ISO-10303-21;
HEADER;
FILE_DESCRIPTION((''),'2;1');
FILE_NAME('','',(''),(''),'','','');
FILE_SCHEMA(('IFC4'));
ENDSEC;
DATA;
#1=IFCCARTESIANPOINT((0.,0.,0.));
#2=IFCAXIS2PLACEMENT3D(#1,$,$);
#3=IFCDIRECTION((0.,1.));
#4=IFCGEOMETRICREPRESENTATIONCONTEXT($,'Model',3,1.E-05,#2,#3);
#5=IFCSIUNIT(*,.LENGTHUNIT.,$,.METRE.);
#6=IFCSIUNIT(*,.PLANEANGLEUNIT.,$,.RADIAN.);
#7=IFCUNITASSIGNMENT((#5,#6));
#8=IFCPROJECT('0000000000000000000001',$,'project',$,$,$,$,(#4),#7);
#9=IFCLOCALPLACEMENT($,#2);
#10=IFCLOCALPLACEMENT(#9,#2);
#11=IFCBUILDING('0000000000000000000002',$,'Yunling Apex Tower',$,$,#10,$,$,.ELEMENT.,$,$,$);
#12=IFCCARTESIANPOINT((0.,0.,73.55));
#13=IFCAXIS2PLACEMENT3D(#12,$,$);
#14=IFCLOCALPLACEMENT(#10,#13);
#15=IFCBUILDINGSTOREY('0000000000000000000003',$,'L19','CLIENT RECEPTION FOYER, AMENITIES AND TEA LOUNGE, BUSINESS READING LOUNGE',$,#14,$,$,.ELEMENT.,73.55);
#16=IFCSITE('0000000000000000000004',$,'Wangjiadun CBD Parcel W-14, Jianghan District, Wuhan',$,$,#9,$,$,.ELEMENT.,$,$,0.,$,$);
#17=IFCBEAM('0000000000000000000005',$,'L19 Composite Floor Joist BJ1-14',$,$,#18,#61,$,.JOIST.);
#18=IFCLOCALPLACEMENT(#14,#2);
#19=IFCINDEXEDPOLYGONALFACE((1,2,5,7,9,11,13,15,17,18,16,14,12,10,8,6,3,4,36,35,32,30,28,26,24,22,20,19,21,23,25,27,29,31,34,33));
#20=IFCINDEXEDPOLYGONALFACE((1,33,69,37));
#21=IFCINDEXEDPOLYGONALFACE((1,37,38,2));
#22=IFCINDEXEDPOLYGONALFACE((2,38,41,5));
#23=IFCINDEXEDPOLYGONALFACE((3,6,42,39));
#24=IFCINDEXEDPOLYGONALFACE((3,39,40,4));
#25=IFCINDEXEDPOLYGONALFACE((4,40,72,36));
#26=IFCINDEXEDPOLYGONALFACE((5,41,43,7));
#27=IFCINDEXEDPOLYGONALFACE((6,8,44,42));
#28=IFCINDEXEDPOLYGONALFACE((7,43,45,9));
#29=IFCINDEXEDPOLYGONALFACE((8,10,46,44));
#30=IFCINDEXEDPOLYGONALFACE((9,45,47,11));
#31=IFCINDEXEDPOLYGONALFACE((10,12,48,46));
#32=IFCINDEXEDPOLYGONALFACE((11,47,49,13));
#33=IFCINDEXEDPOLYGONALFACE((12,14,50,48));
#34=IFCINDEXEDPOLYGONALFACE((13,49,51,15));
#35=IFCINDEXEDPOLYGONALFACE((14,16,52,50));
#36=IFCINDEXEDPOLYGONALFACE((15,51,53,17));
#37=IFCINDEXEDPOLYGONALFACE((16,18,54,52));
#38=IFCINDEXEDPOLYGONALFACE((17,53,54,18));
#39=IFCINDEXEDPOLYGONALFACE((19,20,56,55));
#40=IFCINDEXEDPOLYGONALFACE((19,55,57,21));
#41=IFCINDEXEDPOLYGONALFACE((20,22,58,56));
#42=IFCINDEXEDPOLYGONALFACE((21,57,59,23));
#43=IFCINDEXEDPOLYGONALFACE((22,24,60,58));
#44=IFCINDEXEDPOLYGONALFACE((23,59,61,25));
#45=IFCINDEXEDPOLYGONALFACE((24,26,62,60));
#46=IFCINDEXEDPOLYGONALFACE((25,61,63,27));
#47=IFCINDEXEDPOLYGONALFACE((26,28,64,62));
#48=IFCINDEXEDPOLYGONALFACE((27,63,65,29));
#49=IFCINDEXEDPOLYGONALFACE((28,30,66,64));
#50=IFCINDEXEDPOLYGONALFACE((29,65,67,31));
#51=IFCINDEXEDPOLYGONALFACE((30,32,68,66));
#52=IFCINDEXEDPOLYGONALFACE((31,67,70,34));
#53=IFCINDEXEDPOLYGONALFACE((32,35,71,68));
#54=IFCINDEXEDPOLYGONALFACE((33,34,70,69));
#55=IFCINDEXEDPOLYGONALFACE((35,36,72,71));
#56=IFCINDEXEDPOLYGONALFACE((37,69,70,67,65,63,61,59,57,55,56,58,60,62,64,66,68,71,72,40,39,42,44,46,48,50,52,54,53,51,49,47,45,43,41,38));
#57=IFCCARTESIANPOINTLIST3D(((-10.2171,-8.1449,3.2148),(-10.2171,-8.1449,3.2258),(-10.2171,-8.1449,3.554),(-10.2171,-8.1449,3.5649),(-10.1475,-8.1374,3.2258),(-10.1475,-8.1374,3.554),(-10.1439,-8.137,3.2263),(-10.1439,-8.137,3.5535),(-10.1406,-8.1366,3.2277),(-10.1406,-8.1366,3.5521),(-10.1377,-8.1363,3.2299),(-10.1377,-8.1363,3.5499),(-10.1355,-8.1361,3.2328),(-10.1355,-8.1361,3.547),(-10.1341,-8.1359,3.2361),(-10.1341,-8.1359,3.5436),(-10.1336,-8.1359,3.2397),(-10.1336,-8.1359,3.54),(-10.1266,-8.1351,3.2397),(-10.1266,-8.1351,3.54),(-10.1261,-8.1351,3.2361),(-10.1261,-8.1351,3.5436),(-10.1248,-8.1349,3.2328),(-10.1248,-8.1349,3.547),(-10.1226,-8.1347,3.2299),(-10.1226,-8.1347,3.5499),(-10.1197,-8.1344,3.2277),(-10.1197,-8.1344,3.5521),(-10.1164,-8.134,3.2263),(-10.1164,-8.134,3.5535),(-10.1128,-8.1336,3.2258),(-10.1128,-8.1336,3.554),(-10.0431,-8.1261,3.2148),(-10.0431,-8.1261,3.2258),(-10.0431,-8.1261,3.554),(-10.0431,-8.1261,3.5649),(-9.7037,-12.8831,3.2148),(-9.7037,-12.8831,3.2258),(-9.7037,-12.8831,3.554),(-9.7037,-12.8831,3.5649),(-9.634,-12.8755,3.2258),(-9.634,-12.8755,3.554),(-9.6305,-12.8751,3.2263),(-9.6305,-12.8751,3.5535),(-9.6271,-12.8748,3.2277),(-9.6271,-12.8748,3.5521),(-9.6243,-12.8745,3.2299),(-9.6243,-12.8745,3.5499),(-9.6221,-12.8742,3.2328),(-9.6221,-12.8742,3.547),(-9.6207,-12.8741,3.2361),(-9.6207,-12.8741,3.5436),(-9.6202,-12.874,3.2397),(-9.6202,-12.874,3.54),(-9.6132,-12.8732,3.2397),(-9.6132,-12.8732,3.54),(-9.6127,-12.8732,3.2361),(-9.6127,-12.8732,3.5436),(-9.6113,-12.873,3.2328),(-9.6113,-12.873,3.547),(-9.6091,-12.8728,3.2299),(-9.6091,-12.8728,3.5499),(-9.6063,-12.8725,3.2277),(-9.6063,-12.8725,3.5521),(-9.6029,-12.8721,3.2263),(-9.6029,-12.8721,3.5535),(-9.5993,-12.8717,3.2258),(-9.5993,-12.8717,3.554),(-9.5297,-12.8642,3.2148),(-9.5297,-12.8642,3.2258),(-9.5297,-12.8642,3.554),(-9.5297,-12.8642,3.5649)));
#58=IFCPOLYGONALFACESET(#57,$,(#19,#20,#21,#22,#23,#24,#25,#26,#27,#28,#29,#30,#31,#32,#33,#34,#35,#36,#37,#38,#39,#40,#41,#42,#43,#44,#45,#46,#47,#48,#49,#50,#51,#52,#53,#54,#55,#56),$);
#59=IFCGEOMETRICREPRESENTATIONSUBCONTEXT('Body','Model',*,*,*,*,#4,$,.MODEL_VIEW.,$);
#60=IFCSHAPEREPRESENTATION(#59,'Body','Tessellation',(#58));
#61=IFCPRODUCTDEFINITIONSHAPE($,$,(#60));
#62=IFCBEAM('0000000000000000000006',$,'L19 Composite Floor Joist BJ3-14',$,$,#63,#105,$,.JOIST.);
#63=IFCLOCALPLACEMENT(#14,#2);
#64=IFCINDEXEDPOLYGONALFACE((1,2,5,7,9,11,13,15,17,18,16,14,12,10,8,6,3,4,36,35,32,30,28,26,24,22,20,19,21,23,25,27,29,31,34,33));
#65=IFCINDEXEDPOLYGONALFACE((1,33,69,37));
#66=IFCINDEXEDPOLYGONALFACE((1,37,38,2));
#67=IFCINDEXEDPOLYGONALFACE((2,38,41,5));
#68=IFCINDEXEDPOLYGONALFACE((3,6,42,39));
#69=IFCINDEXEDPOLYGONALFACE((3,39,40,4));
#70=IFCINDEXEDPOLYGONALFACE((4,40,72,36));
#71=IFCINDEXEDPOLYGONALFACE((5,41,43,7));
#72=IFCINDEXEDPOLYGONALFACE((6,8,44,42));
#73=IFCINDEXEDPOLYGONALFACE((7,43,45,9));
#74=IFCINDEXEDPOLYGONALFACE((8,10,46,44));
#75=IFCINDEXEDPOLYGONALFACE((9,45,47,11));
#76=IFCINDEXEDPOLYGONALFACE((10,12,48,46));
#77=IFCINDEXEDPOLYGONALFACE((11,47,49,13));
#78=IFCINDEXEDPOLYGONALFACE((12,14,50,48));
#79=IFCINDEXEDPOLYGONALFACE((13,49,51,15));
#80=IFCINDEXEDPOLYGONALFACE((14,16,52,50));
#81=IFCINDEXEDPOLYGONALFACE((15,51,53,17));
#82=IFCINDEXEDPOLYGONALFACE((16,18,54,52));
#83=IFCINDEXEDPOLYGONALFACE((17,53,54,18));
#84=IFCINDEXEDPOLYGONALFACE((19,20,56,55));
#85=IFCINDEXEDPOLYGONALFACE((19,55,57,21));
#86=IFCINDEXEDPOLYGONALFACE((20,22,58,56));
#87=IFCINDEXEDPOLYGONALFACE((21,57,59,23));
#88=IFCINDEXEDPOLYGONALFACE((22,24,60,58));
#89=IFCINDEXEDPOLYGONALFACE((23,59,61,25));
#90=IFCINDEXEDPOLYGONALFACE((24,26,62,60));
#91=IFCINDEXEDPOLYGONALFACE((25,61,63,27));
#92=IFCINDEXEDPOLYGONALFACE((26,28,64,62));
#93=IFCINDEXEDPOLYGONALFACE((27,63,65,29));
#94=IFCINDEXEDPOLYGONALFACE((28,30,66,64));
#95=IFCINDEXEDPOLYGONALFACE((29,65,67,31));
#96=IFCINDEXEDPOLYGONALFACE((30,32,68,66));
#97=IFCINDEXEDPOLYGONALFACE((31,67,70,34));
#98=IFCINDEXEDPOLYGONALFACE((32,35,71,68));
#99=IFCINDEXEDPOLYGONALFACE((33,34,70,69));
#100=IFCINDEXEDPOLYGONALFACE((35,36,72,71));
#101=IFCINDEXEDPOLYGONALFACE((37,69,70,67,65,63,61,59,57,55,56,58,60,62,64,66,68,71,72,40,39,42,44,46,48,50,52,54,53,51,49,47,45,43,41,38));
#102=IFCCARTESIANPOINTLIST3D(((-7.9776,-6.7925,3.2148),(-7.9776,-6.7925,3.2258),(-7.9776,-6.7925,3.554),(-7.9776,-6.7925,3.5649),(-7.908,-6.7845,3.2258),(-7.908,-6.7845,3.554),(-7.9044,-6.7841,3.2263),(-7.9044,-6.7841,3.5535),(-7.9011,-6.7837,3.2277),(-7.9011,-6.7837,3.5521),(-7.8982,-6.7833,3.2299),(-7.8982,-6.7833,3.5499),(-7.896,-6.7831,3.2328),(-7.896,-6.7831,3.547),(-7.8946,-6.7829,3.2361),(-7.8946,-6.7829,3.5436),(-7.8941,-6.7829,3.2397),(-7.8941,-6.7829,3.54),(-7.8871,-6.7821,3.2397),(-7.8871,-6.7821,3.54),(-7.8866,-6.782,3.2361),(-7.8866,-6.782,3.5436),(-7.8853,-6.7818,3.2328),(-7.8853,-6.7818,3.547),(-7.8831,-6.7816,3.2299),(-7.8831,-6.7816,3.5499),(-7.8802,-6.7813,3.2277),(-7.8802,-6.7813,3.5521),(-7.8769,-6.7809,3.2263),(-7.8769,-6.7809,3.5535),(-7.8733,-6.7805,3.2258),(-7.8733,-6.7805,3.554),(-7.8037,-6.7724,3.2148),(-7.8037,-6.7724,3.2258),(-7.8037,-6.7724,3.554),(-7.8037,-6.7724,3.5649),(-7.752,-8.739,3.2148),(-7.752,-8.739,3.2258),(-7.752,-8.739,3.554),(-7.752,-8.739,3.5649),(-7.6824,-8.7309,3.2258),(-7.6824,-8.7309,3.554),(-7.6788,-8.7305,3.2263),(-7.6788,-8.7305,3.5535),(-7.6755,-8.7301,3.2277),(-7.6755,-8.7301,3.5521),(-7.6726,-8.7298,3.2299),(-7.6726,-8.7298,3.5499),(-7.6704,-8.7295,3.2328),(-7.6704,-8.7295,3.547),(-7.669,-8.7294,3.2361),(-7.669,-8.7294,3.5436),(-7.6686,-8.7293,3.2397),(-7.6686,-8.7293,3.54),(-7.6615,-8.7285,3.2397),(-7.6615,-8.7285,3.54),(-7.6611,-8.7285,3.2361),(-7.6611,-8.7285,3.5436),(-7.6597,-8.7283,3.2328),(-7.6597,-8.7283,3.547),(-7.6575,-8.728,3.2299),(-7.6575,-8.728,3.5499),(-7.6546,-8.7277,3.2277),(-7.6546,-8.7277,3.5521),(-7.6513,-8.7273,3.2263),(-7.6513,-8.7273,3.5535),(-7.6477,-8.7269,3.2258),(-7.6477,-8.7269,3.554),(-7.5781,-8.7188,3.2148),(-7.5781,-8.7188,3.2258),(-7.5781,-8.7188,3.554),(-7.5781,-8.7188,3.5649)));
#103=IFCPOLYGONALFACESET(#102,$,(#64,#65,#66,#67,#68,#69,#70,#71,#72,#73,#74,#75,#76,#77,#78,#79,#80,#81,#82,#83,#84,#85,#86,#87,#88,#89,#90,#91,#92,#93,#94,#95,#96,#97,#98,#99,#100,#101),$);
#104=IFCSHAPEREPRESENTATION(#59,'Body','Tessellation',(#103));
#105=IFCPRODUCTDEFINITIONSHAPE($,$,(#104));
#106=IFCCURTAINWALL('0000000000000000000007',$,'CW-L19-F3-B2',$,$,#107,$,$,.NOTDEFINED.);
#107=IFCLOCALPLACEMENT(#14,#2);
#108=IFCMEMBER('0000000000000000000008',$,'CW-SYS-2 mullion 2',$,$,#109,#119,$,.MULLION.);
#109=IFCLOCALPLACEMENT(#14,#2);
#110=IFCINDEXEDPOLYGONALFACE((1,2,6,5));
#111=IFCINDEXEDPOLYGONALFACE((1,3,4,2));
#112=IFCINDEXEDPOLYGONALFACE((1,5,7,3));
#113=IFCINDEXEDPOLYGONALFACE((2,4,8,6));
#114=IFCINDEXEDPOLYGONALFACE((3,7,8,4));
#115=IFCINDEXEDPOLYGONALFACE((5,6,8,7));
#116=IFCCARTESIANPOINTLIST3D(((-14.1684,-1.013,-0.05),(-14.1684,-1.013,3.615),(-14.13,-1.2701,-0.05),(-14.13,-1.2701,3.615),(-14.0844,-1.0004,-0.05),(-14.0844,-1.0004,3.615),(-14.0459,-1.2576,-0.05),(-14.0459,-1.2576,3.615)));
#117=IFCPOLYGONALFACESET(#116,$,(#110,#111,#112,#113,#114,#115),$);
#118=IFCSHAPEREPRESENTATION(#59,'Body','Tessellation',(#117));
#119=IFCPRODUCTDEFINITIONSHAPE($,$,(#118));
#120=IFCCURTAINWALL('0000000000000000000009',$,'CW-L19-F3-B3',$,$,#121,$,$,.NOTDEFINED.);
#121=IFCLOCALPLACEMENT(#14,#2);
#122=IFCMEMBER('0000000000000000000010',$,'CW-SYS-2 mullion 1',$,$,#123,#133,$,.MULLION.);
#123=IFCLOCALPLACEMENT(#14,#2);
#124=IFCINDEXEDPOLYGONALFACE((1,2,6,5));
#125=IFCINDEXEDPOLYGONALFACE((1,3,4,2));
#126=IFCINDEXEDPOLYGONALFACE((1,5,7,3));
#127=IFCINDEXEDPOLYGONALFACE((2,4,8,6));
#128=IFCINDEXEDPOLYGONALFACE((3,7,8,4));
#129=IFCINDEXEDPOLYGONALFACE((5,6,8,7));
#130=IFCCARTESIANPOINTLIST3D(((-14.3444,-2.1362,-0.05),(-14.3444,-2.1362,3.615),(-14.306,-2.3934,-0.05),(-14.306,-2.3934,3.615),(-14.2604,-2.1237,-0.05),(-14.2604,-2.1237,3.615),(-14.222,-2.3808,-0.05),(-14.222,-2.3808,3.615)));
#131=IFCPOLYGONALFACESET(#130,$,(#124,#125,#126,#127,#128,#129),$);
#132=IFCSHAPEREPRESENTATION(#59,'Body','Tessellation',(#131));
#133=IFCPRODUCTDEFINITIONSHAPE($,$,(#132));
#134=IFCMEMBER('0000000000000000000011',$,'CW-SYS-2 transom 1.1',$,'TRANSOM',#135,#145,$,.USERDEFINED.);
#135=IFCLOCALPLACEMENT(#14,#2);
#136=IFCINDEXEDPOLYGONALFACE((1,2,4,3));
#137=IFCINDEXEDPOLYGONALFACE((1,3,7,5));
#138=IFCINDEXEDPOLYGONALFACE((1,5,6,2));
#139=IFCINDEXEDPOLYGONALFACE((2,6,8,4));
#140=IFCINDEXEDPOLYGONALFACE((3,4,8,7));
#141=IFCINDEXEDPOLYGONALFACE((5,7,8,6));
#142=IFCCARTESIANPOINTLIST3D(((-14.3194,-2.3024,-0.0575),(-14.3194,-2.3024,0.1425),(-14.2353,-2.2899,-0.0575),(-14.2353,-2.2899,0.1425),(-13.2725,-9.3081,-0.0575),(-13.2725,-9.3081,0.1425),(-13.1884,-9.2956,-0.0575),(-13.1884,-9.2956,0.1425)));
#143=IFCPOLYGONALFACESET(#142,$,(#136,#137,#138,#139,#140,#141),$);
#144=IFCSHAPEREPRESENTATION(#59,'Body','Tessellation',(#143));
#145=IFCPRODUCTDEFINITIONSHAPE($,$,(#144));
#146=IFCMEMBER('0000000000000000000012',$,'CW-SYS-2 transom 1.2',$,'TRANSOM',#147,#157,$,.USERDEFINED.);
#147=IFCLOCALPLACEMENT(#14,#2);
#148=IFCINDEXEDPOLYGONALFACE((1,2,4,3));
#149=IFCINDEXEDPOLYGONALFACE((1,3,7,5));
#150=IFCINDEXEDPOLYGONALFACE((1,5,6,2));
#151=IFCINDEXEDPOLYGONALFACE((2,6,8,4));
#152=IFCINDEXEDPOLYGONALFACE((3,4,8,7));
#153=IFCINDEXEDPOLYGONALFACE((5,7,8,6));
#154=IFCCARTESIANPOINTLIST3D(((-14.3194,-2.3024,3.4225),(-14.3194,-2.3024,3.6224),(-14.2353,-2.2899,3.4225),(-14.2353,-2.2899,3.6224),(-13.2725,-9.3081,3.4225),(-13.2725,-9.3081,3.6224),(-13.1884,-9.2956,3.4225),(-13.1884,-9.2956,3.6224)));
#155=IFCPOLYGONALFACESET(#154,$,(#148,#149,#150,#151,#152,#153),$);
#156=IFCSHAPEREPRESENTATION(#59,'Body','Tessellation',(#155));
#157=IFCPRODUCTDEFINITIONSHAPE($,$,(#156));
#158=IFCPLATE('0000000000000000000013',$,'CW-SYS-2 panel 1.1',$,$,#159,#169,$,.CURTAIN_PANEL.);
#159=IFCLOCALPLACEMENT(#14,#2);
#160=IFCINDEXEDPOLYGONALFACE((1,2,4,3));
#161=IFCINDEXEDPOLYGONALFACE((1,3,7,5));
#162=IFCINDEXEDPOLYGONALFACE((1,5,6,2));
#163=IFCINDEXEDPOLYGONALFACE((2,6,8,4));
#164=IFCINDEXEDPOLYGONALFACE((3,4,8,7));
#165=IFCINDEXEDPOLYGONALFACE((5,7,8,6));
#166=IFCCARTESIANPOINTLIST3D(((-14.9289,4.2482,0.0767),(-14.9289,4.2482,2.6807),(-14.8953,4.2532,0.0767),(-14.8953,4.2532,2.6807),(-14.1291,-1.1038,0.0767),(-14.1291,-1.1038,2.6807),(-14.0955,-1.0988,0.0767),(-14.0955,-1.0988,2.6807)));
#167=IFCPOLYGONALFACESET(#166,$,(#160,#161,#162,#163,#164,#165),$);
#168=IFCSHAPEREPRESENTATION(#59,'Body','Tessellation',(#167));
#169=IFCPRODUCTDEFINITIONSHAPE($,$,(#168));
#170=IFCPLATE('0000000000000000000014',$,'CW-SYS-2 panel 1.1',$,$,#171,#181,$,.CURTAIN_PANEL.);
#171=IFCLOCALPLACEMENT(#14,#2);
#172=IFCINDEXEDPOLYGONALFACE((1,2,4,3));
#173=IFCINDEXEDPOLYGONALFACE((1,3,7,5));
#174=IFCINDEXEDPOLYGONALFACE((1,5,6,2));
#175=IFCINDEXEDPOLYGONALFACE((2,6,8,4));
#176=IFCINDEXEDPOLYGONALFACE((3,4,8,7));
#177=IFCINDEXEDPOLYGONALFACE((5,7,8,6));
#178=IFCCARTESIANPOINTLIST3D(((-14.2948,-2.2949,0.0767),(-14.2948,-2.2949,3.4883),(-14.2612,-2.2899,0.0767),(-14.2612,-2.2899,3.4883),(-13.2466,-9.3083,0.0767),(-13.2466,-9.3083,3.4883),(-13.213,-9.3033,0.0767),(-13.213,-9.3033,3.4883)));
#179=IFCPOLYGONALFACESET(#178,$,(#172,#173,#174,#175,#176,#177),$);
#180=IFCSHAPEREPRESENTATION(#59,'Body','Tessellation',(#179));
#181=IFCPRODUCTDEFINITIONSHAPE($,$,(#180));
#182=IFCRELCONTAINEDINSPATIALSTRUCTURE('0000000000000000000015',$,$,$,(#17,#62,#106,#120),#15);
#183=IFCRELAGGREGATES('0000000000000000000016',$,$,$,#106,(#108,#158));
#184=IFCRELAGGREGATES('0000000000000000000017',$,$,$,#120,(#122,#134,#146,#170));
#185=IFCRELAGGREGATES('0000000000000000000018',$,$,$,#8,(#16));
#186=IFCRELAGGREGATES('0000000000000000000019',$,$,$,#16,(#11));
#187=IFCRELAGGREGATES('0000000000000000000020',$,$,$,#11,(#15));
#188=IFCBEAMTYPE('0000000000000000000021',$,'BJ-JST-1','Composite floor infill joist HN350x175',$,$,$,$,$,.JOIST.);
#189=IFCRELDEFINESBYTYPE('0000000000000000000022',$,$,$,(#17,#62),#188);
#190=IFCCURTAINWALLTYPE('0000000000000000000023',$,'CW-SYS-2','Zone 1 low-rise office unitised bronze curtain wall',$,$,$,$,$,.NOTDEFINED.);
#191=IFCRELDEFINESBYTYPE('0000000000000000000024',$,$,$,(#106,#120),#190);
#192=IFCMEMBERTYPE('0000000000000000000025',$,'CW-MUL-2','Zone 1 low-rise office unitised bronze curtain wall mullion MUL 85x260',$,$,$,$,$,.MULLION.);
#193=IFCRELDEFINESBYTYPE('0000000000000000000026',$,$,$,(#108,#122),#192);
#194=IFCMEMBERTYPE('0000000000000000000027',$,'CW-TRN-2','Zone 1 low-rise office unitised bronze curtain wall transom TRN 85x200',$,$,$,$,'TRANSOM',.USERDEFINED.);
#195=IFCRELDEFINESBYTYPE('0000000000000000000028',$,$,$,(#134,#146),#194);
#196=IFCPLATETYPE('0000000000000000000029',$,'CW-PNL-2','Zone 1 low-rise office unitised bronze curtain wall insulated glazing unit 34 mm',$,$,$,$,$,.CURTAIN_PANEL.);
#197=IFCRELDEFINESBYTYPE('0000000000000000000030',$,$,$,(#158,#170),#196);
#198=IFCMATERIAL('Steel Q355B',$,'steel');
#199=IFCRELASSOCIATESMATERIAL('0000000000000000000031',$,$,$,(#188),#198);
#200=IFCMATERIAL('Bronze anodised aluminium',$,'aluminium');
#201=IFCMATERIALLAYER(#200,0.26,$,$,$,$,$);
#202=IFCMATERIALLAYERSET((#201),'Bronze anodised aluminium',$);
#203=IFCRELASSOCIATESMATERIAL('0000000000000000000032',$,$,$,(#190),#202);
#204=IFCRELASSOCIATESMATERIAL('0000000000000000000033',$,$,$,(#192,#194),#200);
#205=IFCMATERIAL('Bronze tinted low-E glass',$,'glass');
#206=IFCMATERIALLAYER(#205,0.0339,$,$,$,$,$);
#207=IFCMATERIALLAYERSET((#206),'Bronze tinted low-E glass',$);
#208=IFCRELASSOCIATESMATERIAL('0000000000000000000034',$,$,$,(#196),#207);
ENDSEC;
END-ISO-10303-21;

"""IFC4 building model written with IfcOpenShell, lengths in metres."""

from ifc_helpers import new_model, si_unit, direction, frame, origin, origin_2d, place, context, subcontext, project, spatial, rectangle, i_section, extrude, source, transform, mapped, material, layer, layer_set, material_profile, profile_set, type_object, element, aggregate, save


model = new_model("IFC4")

# Units and contexts
model_context = context("Model", 3, precision=1e-05, world=origin(), true_north=direction((0.0, 1.0)))
body_context = subcontext(model_context, "Body", "Model", "MODEL_VIEW")
ifc_project = project(units=[si_unit("LENGTHUNIT", "METRE"), si_unit("PLANEANGLEUNIT", "RADIAN")], contexts=[model_context])

# Site, building, storey
site_placement = place(None, origin())
site = spatial("IfcSite", under=ifc_project, at=site_placement, Name="Wangjiadun CBD Parcel W-14, Jianghan District, Wuhan", CompositionType="ELEMENT", RefElevation=0.0)
building_placement = place(site_placement, origin())
building = spatial("IfcBuilding", under=site, at=building_placement, Name="Yunling Apex Tower", CompositionType="ELEMENT")
storey_placement = place(building_placement, frame((0.0, 0.0, 73.55)))
storey = spatial("IfcBuildingStorey", under=building, at=storey_placement, Name="L19", Description="CLIENT RECEPTION FOYER, AMENITIES AND TEA LOUNGE, BUSINESS READING LOUNGE", CompositionType="ELEMENT", Elevation=73.55)

# Beams
ifc_material_1 = material(Name="Steel Q355B", Category="steel")
ifc_material_profile_1 = material_profile(ifc_material_1, i_section(OverallWidth=0.175, OverallDepth=0.3501, WebThickness=0.0071, FlangeThickness=0.011, FilletRadius=0.0139, at=origin_2d()))
ifc_profile_set_1 = profile_set([ifc_material_profile_1], Name="Steel Q355B")
beam_type_1 = type_object("IfcBeamType", Name="BJ-JST-1", Description="Composite floor infill joist HN350x175", PredefinedType="JOIST", material=ifc_profile_set_1)
shared_shape_1 = source(origin(), body_context, "Body", "SweptSolid", [
    extrude(i_section(OverallWidth=0.175, OverallDepth=0.3501, WebThickness=0.0071, FlangeThickness=0.011, FilletRadius=0.0139, at=origin_2d()), origin(), (0.0, 0.0, 1.0), 4.7659),
])
beam_1_placement = place(storey_placement, frame((-10.1301, -8.1355, 3.3899), z_axis=(0.107732, -0.99418, 0.0), x_axis=(0.99418, 0.107732, 0.0)))
element("IfcBeam", 1, at=beam_1_placement, inside=storey, type_object=beam_type_1, Name="L19 Composite Floor Joist BJ1-14", PredefinedType="JOIST", context=body_context, shape_type="MappedRepresentation", body=[
    mapped(shared_shape_1, transform((0.0, 0.0, 0.0), scale=1.0)),
])
shared_shape_2 = source(origin(), body_context, "Body", "SweptSolid", [
    extrude(i_section(OverallWidth=0.175, OverallDepth=0.3501, WebThickness=0.0071, FlangeThickness=0.011, FilletRadius=0.0139, at=origin_2d()), origin(), (0.0, 0.0, 1.0), 1.9595),
])
beam_2_placement = place(storey_placement, frame((-7.8906, -6.7825, 3.3899), z_axis=(0.115121, -0.993352, 0.0), x_axis=(0.993352, 0.115121, 0.0)))
element("IfcBeam", 2, at=beam_2_placement, inside=storey, type_object=beam_type_1, Name="L19 Composite Floor Joist BJ3-14", PredefinedType="JOIST", context=body_context, shape_type="MappedRepresentation", body=[
    mapped(shared_shape_2, transform((0.0, 0.0, 0.0), scale=1.0)),
])

# Curtain wall, member
ifc_material_2 = material(Name="Bronze anodised aluminium", Category="aluminium")
ifc_layer_1 = layer(ifc_material_2, 0.26)
ifc_layer_set_1 = layer_set([ifc_layer_1], Name="Bronze anodised aluminium")
curtain_wall_type = type_object("IfcCurtainWallType", Name="CW-SYS-2", Description="Zone 1 low-rise office unitised bronze curtain wall", PredefinedType="NOTDEFINED", material=ifc_layer_set_1)
curtain_wall_1_placement = place(storey_placement, origin())
curtain_wall_1 = element("IfcCurtainWall", 3, at=curtain_wall_1_placement, inside=storey, type_object=curtain_wall_type, Name="CW-L19-F3-B2", PredefinedType="NOTDEFINED")
ifc_material_profile_2 = material_profile(ifc_material_2, rectangle(XDim=0.085, YDim=0.26, at=origin_2d()))
ifc_profile_set_2 = profile_set([ifc_material_profile_2], Name="Bronze anodised aluminium")
member_type_1 = type_object("IfcMemberType", Name="CW-MUL-2", Description="Zone 1 low-rise office unitised bronze curtain wall mullion MUL 85x260", PredefinedType="MULLION", material=ifc_profile_set_2)
shared_shape_3 = source(origin(), body_context, "Body", "SweptSolid", [
    extrude(rectangle(XDim=0.085, YDim=0.26, at=origin_2d()), origin(), (0.0, 0.0, 1.0), 3.665),
])
member_1_placement = place(storey_placement, frame((-14.1072, -1.1353, -0.05), z_axis=(0.0, 0.0, 1.0), x_axis=(0.989017, 0.147801, 0.0)))
member_1 = element("IfcMember", 4, at=member_1_placement, type_object=member_type_1, Name="CW-SYS-2 mullion 2", PredefinedType="MULLION", context=body_context, shape_type="MappedRepresentation", body=[
    mapped(shared_shape_3, transform((0.0, 0.0, 0.0), scale=1.0)),
])

# Curtain wall, members
curtain_wall_2_placement = place(storey_placement, origin())
curtain_wall_2 = element("IfcCurtainWall", 5, at=curtain_wall_2_placement, inside=storey, type_object=curtain_wall_type, Name="CW-L19-F3-B3", PredefinedType="NOTDEFINED")
member_2_placement = place(storey_placement, frame((-14.2832, -2.2585, -0.05), z_axis=(0.0, 0.0, 1.0), x_axis=(0.989015, 0.147815, 0.0)))
member_2 = element("IfcMember", 6, at=member_2_placement, type_object=member_type_1, Name="CW-SYS-2 mullion 1", PredefinedType="MULLION", context=body_context, shape_type="MappedRepresentation", body=[
    mapped(shared_shape_3, transform((0.0, 0.0, 0.0), scale=1.0)),
])
ifc_material_profile_3 = material_profile(ifc_material_2, rectangle(XDim=0.085, YDim=0.2, at=origin_2d()))
ifc_profile_set_3 = profile_set([ifc_material_profile_3], Name="Bronze anodised aluminium")
member_type_2 = type_object("IfcMemberType", Name="CW-TRN-2", Description="Zone 1 low-rise office unitised bronze curtain wall transom TRN 85x200", ElementType="TRANSOM", PredefinedType="USERDEFINED", material=ifc_profile_set_3)
shared_shape_4 = source(origin(), body_context, "Body", "SweptSolid", [
    extrude(rectangle(XDim=0.085, YDim=0.2, at=origin_2d()), origin(), (0.0, 0.0, 1.0), 7.0835),
])
member_3_placement = place(storey_placement, frame((-14.2773, -2.2961, 0.0425), z_axis=(0.147793, -0.989018, 0.0), x_axis=(0.989018, 0.147793, 0.0)))
member_3 = element("IfcMember", 7, at=member_3_placement, type_object=member_type_2, Name="CW-SYS-2 transom 1.1", ObjectType="TRANSOM", PredefinedType="USERDEFINED", context=body_context, shape_type="MappedRepresentation", body=[
    mapped(shared_shape_4, transform((0.0, 0.0, 0.0), scale=1.0)),
])
member_4_placement = place(storey_placement, frame((-14.2773, -2.2961, 3.5225), z_axis=(0.147793, -0.989018, 0.0), x_axis=(0.989018, 0.147793, 0.0)))
member_4 = element("IfcMember", 8, at=member_4_placement, type_object=member_type_2, Name="CW-SYS-2 transom 1.2", ObjectType="TRANSOM", PredefinedType="USERDEFINED", context=body_context, shape_type="MappedRepresentation", body=[
    mapped(shared_shape_4, transform((0.0, 0.0, 0.0), scale=1.0)),
])

# Plates
ifc_material_3 = material(Name="Bronze tinted low-E glass", Category="glass")
ifc_layer_2 = layer(ifc_material_3, 0.0339)
ifc_layer_set_2 = layer_set([ifc_layer_2], Name="Bronze tinted low-E glass")
plate_type = type_object("IfcPlateType", Name="CW-PNL-2", Description="Zone 1 low-rise office unitised bronze curtain wall insulated glazing unit 34 mm", PredefinedType="CURTAIN_PANEL", material=ifc_layer_set_2)
shared_shape_5 = source(origin(), body_context, "Body", "SweptSolid", [
    extrude(rectangle(XDim=5.4114, YDim=0.0339, at=origin_2d()), origin(), (0.0, 0.0, 1.0), 2.604),
])
plate_1_placement = place(storey_placement, frame((-14.5122, 1.5747, 0.0767), z_axis=(0.0, 0.0, 1.0), x_axis=(0.147801, -0.989017, 0.0)))
plate_1 = element("IfcPlate", 9, at=plate_1_placement, type_object=plate_type, Name="CW-SYS-2 panel 1.1", PredefinedType="CURTAIN_PANEL", context=body_context, shape_type="MappedRepresentation", body=[
    mapped(shared_shape_5, transform((0.0, 0.0, 0.0), scale=1.0)),
])
aggregate(curtain_wall_1, [member_1, plate_1])
shared_shape_6 = source(origin(), body_context, "Body", "SweptSolid", [
    extrude(rectangle(XDim=7.0913, YDim=0.0339, at=origin_2d()), origin(), (0.0, 0.0, 1.0), 3.4116),
])
plate_2_placement = place(storey_placement, frame((-13.7539, -5.7991, 0.0767), z_axis=(0.0, 0.0, 1.0), x_axis=(0.147815, -0.989015, 0.0)))
plate_2 = element("IfcPlate", 10, at=plate_2_placement, type_object=plate_type, Name="CW-SYS-2 panel 1.1", PredefinedType="CURTAIN_PANEL", context=body_context, shape_type="MappedRepresentation", body=[
    mapped(shared_shape_6, transform((0.0, 0.0, 0.0), scale=1.0)),
])
aggregate(curtain_wall_2, [member_2, member_3, member_4, plate_2])

save(model, "model.ifc")
